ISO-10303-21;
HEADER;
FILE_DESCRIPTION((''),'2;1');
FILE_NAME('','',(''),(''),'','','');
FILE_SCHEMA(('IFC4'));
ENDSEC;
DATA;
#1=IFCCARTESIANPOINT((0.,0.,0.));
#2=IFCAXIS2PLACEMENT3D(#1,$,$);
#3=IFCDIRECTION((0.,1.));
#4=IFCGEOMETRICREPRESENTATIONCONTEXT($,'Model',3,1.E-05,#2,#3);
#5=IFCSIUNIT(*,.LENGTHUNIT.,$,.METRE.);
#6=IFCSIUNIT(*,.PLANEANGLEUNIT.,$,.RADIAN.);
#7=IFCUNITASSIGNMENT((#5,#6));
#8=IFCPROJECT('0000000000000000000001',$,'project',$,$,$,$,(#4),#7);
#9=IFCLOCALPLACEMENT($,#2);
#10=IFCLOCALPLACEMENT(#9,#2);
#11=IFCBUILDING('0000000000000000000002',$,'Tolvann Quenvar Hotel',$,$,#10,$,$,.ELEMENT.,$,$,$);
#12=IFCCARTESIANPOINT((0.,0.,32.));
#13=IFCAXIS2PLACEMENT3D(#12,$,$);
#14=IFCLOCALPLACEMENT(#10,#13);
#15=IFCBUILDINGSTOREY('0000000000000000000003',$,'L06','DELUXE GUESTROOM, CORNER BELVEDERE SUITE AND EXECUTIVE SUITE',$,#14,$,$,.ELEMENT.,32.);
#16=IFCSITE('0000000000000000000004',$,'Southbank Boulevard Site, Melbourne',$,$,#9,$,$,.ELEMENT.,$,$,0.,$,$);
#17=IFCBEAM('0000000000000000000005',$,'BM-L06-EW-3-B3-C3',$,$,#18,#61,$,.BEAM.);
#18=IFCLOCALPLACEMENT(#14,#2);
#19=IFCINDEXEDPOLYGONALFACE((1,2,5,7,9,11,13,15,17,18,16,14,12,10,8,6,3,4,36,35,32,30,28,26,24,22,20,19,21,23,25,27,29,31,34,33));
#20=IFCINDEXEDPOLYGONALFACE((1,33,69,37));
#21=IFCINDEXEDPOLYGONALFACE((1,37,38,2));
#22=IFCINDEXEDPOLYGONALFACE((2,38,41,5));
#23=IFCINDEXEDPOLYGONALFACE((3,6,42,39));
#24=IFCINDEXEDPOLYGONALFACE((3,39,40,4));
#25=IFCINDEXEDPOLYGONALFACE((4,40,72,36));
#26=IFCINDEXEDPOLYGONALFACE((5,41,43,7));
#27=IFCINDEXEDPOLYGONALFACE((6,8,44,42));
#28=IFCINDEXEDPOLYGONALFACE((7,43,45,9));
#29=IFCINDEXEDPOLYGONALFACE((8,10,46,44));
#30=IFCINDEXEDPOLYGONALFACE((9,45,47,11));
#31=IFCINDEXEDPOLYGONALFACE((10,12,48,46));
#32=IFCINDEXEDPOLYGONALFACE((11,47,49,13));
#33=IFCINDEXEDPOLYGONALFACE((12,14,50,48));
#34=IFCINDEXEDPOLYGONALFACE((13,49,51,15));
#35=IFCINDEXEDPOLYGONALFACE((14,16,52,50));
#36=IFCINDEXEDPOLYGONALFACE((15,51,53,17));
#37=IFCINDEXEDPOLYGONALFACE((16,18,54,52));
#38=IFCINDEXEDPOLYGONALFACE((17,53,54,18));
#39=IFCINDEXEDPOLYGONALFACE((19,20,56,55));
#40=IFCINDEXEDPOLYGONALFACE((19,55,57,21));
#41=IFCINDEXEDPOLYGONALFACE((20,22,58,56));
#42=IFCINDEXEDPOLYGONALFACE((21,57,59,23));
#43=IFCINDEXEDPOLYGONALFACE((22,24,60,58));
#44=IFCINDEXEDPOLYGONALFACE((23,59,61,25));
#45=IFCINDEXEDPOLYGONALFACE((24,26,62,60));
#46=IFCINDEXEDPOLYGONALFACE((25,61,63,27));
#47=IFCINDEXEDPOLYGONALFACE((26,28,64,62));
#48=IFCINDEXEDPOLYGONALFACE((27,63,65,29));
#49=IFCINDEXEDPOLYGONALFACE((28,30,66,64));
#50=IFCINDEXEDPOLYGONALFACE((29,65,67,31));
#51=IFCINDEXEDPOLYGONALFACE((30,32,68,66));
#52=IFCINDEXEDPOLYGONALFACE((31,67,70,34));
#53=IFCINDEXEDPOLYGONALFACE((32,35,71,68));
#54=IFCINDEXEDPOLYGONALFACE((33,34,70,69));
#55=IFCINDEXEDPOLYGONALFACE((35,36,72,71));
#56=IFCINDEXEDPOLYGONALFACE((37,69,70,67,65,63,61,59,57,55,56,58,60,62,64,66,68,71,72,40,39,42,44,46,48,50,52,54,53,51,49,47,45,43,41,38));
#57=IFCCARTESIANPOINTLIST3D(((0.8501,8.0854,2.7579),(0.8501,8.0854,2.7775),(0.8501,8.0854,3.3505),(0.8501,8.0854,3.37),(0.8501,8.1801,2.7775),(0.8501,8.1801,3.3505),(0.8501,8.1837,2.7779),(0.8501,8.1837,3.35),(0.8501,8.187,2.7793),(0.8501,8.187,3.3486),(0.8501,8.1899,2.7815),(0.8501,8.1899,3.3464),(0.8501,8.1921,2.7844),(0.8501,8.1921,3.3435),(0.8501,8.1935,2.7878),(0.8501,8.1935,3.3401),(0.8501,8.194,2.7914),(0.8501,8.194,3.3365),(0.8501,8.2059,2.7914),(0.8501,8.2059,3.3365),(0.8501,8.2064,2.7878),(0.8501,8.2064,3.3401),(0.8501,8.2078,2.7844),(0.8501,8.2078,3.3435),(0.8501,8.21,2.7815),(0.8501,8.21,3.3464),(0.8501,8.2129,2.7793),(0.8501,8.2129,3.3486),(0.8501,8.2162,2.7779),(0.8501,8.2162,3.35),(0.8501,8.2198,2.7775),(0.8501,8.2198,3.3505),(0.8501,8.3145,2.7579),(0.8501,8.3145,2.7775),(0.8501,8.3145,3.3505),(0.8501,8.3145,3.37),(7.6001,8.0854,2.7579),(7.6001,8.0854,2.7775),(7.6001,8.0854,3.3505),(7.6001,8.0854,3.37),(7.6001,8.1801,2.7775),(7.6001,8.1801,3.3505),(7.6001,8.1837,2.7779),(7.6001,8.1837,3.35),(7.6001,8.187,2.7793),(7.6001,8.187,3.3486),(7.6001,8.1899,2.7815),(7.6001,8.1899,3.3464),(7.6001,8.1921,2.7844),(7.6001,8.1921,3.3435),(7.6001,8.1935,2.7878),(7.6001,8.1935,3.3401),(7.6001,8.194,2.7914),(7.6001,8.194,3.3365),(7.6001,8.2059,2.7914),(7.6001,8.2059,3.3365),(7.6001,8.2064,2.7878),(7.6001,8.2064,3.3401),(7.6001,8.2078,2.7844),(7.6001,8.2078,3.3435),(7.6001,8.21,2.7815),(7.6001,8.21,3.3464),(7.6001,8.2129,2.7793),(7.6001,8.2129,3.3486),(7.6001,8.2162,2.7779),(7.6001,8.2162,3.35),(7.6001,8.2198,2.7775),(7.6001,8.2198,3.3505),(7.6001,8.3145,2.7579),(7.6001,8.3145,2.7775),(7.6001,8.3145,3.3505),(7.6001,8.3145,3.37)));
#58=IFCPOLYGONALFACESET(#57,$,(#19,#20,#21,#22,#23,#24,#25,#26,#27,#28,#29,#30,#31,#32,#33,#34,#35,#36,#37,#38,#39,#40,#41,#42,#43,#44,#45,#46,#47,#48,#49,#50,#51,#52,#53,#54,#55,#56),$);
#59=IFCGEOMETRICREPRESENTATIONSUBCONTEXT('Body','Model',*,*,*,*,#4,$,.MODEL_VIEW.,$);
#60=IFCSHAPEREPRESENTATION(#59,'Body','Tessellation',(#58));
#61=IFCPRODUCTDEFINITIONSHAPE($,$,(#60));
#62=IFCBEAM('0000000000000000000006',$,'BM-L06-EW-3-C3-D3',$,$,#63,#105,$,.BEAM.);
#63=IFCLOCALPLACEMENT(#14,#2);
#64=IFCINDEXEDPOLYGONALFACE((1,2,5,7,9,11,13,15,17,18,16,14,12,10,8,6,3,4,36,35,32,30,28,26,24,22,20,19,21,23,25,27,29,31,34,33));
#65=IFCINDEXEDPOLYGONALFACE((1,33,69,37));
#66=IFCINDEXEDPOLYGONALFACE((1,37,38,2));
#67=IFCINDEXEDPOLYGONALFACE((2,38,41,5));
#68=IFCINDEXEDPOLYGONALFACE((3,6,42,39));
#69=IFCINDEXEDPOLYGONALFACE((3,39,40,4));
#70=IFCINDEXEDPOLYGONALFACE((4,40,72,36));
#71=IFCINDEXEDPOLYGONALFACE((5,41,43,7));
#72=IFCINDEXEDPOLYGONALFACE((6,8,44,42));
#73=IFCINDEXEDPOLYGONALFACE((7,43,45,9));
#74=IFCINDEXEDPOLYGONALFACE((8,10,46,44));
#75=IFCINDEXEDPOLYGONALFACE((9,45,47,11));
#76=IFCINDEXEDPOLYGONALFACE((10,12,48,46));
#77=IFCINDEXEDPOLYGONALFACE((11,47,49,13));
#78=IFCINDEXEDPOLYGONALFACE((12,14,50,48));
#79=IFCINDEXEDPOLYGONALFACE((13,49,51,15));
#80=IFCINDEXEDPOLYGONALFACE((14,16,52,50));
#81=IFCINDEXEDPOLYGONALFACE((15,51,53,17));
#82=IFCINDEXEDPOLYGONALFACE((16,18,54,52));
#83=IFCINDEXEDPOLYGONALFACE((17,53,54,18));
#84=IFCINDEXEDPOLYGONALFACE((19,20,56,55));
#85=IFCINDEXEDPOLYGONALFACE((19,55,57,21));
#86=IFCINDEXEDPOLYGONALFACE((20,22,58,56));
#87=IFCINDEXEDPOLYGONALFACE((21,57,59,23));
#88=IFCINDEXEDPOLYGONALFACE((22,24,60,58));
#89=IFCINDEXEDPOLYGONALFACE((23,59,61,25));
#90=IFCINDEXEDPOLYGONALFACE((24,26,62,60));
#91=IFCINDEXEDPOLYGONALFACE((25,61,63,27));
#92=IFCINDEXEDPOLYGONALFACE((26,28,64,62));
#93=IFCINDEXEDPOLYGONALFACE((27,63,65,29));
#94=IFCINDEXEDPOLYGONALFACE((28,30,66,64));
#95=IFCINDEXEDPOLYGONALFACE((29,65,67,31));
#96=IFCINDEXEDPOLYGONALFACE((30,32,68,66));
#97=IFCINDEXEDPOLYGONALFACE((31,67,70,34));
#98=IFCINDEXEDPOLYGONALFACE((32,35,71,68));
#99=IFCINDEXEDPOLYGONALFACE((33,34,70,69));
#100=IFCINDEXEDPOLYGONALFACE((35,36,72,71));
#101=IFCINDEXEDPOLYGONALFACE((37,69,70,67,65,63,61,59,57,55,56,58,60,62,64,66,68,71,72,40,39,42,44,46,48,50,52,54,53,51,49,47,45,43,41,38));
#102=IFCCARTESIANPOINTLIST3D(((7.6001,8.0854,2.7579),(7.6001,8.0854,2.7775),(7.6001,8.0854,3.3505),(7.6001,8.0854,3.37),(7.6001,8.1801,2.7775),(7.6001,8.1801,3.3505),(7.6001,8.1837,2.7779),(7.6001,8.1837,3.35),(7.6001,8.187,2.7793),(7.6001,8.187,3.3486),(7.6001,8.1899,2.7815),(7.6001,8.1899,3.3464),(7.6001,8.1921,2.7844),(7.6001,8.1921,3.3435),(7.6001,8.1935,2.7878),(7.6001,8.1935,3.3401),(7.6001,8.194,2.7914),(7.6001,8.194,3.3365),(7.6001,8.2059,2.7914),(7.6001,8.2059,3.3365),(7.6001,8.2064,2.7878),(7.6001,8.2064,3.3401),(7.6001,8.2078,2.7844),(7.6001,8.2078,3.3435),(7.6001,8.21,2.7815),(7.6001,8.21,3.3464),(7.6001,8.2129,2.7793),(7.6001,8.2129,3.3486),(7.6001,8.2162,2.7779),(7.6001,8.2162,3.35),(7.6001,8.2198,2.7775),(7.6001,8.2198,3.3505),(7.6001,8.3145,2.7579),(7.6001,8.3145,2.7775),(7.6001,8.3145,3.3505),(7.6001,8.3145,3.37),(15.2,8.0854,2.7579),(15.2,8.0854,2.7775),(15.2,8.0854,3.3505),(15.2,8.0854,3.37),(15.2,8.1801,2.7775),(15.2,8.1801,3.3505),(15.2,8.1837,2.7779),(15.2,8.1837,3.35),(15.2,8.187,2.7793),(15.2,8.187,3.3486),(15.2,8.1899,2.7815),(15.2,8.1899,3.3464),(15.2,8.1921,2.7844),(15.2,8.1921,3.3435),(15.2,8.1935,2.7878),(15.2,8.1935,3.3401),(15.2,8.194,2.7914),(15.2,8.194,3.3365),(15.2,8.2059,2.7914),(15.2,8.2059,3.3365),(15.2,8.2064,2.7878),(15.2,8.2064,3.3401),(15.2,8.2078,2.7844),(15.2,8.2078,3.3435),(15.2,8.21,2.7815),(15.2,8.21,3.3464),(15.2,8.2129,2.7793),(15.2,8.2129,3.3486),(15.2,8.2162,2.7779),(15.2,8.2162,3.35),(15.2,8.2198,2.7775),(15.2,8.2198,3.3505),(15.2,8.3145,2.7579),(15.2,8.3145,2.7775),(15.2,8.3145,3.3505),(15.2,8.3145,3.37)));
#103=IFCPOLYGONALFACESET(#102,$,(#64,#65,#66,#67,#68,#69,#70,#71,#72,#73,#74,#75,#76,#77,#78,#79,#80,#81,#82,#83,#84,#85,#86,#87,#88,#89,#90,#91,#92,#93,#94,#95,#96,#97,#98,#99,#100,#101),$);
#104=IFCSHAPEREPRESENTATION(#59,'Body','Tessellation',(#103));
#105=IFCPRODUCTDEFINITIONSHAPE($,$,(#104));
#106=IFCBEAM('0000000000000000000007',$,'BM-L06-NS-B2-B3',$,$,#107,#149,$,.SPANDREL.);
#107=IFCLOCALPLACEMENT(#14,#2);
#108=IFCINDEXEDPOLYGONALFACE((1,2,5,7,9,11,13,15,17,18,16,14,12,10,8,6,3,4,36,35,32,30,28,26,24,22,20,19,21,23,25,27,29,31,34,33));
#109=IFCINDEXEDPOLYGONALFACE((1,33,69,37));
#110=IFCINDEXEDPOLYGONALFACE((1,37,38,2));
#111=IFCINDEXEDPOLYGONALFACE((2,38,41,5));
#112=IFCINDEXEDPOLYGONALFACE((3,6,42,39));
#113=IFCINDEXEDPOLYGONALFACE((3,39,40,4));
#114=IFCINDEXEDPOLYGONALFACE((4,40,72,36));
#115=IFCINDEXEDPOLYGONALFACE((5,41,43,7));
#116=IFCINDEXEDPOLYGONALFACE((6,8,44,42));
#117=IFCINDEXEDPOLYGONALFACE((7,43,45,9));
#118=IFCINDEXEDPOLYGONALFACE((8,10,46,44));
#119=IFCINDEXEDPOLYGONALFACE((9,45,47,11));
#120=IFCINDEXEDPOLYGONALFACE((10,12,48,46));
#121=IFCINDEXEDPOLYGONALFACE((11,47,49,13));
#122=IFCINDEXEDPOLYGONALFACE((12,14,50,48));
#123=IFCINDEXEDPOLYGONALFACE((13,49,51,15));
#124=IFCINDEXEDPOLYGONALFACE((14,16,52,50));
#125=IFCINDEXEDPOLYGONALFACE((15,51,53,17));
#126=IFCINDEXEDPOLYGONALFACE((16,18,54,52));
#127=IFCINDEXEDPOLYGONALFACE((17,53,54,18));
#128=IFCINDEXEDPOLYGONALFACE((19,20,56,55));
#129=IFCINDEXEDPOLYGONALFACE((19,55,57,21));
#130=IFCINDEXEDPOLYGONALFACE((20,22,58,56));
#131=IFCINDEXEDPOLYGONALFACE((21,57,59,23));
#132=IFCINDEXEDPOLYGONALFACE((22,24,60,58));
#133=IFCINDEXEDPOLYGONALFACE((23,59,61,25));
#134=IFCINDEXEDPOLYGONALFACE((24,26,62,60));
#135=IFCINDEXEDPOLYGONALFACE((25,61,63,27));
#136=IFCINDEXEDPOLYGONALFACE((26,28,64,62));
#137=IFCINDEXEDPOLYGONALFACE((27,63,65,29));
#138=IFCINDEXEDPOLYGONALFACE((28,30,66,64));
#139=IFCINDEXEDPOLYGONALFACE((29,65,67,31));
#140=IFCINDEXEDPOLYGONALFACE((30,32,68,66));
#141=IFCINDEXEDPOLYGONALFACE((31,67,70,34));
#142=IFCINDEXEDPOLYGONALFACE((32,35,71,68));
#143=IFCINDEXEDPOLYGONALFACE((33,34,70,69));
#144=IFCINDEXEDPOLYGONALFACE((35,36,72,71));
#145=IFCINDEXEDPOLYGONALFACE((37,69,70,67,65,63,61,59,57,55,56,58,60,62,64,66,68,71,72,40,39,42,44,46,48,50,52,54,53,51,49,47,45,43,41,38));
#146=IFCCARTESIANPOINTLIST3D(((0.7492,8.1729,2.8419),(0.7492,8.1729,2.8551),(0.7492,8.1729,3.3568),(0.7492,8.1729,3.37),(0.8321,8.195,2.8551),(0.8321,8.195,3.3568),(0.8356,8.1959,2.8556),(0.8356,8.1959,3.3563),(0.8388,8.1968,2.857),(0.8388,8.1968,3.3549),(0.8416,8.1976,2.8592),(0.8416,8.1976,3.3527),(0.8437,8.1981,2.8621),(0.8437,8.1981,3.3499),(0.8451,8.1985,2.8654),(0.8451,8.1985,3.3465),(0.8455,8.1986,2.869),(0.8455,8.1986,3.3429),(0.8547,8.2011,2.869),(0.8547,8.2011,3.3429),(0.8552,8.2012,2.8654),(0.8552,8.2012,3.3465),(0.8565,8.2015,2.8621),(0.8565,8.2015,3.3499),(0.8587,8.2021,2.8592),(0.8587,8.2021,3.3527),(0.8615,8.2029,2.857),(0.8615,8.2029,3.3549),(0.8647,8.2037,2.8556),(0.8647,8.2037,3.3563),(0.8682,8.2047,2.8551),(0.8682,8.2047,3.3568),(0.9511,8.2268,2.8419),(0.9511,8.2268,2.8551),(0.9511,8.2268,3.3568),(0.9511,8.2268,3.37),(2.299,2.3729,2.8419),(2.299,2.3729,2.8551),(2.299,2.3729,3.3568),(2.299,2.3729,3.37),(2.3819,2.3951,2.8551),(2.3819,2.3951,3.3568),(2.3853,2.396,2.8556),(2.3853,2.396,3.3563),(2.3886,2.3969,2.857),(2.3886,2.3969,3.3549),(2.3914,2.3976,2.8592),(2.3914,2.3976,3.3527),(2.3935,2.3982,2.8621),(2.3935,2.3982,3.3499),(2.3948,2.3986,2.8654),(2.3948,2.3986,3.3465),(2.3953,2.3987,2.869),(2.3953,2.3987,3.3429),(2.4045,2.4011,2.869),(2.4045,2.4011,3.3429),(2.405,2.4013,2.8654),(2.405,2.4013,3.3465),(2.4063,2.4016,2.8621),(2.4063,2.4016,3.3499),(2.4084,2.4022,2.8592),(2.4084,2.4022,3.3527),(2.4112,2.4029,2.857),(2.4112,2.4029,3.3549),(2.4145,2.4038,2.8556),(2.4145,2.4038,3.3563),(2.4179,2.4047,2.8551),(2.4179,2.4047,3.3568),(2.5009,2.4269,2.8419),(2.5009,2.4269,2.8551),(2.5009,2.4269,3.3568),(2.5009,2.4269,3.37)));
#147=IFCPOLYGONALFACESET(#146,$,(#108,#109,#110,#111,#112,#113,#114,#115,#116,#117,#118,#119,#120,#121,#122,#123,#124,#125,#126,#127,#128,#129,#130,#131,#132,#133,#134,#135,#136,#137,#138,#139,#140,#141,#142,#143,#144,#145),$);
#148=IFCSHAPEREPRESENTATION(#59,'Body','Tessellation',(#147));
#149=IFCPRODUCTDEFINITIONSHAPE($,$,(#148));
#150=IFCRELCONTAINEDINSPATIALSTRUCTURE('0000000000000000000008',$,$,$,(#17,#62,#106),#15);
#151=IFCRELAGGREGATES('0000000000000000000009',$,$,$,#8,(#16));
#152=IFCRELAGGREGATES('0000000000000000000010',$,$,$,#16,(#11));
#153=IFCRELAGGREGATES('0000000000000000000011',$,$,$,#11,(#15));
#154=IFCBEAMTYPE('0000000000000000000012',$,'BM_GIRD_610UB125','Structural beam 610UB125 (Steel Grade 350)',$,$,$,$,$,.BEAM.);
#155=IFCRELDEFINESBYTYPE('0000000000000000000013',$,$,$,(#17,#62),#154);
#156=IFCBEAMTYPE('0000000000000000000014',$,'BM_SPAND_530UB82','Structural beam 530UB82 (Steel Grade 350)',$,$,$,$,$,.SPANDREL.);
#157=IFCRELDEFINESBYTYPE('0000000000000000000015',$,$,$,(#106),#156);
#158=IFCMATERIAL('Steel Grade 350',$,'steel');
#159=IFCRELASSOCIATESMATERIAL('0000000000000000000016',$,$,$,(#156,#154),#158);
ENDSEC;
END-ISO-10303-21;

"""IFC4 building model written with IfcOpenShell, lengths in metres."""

from ifc_helpers import new_model, si_unit, direction, frame, origin, origin_2d, place, context, subcontext, project, spatial, i_section, extrude, source, transform, mapped, material, material_profile, profile_set, type_object, type_shapes, element, save


model = new_model("IFC4")

# Units and contexts
model_context = context("Model", 3, precision=1e-05, world=origin(), true_north=direction((0.0, 1.0)))
body_context = subcontext(model_context, "Body", "Model", "MODEL_VIEW")
ifc_project = project(units=[si_unit("LENGTHUNIT", "METRE"), si_unit("PLANEANGLEUNIT", "RADIAN")], contexts=[model_context])

# Site, building, storey
site_placement = place(None, origin())
site = spatial("IfcSite", under=ifc_project, at=site_placement, Name="Southbank Boulevard Site, Melbourne", CompositionType="ELEMENT", RefElevation=0.0)
building_placement = place(site_placement, origin())
building = spatial("IfcBuilding", under=site, at=building_placement, Name="Tolvann Quenvar Hotel", CompositionType="ELEMENT")
storey_placement = place(building_placement, frame((0.0, 0.0, 32.0)))
storey = spatial("IfcBuildingStorey", under=building, at=storey_placement, Name="L06", Description="DELUXE GUESTROOM, CORNER BELVEDERE SUITE AND EXECUTIVE SUITE", CompositionType="ELEMENT", Elevation=32.0)

# Shared definitions
ifc_material_1 = material(Name="Steel Grade 350", Category="steel")

# Beams
ifc_material_profile_1 = material_profile(ifc_material_1, i_section(OverallWidth=0.209, OverallDepth=0.5281, WebThickness=0.0095, FlangeThickness=0.0132, FilletRadius=0.0139, at=origin_2d()), Name="530UB82")
ifc_profile_set_1 = profile_set([ifc_material_profile_1], Name="Steel Grade 350")
beam_type_1 = type_object("IfcBeamType", Name="BM_SPAND_530UB82", Description="Structural beam 530UB82 (Steel Grade 350)", PredefinedType="SPANDREL", material=ifc_profile_set_1)
ifc_material_profile_2 = material_profile(ifc_material_1, i_section(OverallWidth=0.229, OverallDepth=0.6121, WebThickness=0.012, FlangeThickness=0.0195, FilletRadius=0.0139, at=origin_2d()), Name="610UB125")
ifc_profile_set_2 = profile_set([ifc_material_profile_2], Name="Steel Grade 350")
beam_type_2 = type_object("IfcBeamType", Name="BM_GIRD_610UB125", Description="Structural beam 610UB125 (Steel Grade 350)", PredefinedType="BEAM", material=ifc_profile_set_2)
shared_shape_1 = source(origin(), body_context, "Body", "SweptSolid", [
    extrude(i_section(OverallWidth=0.229, OverallDepth=0.6121, WebThickness=0.012, FlangeThickness=0.0195, FilletRadius=0.0139, at=origin_2d()), origin(), (0.0, 0.0, 1.0), 6.75),
])
beam_1_placement = place(storey_placement, frame((0.8501, 8.2, 3.064), z_axis=(1.0, 0.0, 0.0), x_axis=(0.0, 1.0, 0.0)))
element("IfcBeam", 1, at=beam_1_placement, inside=storey, type_object=beam_type_2, Name="BM-L06-EW-3-B3-C3", PredefinedType="BEAM", context=body_context, shape_type="MappedRepresentation", body=[
    mapped(shared_shape_1, transform((0.0, 0.0, 0.0), x_axis=(1.0, 0.0, 0.0), y_axis=(0.0, 1.0, 0.0), z_axis=(0.0, 0.0, 1.0), scale=1.0)),
])
shared_shape_2 = source(origin(), body_context, "Body", "SweptSolid", [
    extrude(i_section(OverallWidth=0.229, OverallDepth=0.6121, WebThickness=0.012, FlangeThickness=0.0195, FilletRadius=0.0139, at=origin_2d()), origin(), (0.0, 0.0, 1.0), 7.5999),
])
type_shapes(beam_type_2, [shared_shape_1, shared_shape_2])
beam_2_placement = place(storey_placement, frame((7.6001, 8.2, 3.064), z_axis=(1.0, 0.0, 0.0), x_axis=(0.0, 1.0, 0.0)))
element("IfcBeam", 2, at=beam_2_placement, inside=storey, type_object=beam_type_2, Name="BM-L06-EW-3-C3-D3", PredefinedType="BEAM", context=body_context, shape_type="MappedRepresentation", body=[
    mapped(shared_shape_2, transform((0.0, 0.0, 0.0), x_axis=(1.0, 0.0, 0.0), y_axis=(0.0, 1.0, 0.0), z_axis=(0.0, 0.0, 1.0), scale=1.0)),
])
shared_shape_3 = source(origin(), body_context, "Body", "SweptSolid", [
    extrude(i_section(OverallWidth=0.209, OverallDepth=0.5281, WebThickness=0.0095, FlangeThickness=0.0132, FilletRadius=0.0139, at=origin_2d()), origin(), (0.0, 0.0, 1.0), 6.0034),
])
beam_3_placement = place(storey_placement, frame((2.3999, 2.3999, 3.106), z_axis=(-0.258149, 0.966105, 0.0), x_axis=(-0.966105, -0.258149, 0.0)))
element("IfcBeam", 3, at=beam_3_placement, inside=storey, type_object=beam_type_1, Name="BM-L06-NS-B2-B3", PredefinedType="SPANDREL", context=body_context, shape_type="MappedRepresentation", body=[
    mapped(shared_shape_3, transform((0.0, 0.0, 0.0), x_axis=(1.0, 0.0, 0.0), y_axis=(0.0, 1.0, 0.0), z_axis=(0.0, 0.0, 1.0), scale=1.0)),
])

save(model, "model.ifc")
